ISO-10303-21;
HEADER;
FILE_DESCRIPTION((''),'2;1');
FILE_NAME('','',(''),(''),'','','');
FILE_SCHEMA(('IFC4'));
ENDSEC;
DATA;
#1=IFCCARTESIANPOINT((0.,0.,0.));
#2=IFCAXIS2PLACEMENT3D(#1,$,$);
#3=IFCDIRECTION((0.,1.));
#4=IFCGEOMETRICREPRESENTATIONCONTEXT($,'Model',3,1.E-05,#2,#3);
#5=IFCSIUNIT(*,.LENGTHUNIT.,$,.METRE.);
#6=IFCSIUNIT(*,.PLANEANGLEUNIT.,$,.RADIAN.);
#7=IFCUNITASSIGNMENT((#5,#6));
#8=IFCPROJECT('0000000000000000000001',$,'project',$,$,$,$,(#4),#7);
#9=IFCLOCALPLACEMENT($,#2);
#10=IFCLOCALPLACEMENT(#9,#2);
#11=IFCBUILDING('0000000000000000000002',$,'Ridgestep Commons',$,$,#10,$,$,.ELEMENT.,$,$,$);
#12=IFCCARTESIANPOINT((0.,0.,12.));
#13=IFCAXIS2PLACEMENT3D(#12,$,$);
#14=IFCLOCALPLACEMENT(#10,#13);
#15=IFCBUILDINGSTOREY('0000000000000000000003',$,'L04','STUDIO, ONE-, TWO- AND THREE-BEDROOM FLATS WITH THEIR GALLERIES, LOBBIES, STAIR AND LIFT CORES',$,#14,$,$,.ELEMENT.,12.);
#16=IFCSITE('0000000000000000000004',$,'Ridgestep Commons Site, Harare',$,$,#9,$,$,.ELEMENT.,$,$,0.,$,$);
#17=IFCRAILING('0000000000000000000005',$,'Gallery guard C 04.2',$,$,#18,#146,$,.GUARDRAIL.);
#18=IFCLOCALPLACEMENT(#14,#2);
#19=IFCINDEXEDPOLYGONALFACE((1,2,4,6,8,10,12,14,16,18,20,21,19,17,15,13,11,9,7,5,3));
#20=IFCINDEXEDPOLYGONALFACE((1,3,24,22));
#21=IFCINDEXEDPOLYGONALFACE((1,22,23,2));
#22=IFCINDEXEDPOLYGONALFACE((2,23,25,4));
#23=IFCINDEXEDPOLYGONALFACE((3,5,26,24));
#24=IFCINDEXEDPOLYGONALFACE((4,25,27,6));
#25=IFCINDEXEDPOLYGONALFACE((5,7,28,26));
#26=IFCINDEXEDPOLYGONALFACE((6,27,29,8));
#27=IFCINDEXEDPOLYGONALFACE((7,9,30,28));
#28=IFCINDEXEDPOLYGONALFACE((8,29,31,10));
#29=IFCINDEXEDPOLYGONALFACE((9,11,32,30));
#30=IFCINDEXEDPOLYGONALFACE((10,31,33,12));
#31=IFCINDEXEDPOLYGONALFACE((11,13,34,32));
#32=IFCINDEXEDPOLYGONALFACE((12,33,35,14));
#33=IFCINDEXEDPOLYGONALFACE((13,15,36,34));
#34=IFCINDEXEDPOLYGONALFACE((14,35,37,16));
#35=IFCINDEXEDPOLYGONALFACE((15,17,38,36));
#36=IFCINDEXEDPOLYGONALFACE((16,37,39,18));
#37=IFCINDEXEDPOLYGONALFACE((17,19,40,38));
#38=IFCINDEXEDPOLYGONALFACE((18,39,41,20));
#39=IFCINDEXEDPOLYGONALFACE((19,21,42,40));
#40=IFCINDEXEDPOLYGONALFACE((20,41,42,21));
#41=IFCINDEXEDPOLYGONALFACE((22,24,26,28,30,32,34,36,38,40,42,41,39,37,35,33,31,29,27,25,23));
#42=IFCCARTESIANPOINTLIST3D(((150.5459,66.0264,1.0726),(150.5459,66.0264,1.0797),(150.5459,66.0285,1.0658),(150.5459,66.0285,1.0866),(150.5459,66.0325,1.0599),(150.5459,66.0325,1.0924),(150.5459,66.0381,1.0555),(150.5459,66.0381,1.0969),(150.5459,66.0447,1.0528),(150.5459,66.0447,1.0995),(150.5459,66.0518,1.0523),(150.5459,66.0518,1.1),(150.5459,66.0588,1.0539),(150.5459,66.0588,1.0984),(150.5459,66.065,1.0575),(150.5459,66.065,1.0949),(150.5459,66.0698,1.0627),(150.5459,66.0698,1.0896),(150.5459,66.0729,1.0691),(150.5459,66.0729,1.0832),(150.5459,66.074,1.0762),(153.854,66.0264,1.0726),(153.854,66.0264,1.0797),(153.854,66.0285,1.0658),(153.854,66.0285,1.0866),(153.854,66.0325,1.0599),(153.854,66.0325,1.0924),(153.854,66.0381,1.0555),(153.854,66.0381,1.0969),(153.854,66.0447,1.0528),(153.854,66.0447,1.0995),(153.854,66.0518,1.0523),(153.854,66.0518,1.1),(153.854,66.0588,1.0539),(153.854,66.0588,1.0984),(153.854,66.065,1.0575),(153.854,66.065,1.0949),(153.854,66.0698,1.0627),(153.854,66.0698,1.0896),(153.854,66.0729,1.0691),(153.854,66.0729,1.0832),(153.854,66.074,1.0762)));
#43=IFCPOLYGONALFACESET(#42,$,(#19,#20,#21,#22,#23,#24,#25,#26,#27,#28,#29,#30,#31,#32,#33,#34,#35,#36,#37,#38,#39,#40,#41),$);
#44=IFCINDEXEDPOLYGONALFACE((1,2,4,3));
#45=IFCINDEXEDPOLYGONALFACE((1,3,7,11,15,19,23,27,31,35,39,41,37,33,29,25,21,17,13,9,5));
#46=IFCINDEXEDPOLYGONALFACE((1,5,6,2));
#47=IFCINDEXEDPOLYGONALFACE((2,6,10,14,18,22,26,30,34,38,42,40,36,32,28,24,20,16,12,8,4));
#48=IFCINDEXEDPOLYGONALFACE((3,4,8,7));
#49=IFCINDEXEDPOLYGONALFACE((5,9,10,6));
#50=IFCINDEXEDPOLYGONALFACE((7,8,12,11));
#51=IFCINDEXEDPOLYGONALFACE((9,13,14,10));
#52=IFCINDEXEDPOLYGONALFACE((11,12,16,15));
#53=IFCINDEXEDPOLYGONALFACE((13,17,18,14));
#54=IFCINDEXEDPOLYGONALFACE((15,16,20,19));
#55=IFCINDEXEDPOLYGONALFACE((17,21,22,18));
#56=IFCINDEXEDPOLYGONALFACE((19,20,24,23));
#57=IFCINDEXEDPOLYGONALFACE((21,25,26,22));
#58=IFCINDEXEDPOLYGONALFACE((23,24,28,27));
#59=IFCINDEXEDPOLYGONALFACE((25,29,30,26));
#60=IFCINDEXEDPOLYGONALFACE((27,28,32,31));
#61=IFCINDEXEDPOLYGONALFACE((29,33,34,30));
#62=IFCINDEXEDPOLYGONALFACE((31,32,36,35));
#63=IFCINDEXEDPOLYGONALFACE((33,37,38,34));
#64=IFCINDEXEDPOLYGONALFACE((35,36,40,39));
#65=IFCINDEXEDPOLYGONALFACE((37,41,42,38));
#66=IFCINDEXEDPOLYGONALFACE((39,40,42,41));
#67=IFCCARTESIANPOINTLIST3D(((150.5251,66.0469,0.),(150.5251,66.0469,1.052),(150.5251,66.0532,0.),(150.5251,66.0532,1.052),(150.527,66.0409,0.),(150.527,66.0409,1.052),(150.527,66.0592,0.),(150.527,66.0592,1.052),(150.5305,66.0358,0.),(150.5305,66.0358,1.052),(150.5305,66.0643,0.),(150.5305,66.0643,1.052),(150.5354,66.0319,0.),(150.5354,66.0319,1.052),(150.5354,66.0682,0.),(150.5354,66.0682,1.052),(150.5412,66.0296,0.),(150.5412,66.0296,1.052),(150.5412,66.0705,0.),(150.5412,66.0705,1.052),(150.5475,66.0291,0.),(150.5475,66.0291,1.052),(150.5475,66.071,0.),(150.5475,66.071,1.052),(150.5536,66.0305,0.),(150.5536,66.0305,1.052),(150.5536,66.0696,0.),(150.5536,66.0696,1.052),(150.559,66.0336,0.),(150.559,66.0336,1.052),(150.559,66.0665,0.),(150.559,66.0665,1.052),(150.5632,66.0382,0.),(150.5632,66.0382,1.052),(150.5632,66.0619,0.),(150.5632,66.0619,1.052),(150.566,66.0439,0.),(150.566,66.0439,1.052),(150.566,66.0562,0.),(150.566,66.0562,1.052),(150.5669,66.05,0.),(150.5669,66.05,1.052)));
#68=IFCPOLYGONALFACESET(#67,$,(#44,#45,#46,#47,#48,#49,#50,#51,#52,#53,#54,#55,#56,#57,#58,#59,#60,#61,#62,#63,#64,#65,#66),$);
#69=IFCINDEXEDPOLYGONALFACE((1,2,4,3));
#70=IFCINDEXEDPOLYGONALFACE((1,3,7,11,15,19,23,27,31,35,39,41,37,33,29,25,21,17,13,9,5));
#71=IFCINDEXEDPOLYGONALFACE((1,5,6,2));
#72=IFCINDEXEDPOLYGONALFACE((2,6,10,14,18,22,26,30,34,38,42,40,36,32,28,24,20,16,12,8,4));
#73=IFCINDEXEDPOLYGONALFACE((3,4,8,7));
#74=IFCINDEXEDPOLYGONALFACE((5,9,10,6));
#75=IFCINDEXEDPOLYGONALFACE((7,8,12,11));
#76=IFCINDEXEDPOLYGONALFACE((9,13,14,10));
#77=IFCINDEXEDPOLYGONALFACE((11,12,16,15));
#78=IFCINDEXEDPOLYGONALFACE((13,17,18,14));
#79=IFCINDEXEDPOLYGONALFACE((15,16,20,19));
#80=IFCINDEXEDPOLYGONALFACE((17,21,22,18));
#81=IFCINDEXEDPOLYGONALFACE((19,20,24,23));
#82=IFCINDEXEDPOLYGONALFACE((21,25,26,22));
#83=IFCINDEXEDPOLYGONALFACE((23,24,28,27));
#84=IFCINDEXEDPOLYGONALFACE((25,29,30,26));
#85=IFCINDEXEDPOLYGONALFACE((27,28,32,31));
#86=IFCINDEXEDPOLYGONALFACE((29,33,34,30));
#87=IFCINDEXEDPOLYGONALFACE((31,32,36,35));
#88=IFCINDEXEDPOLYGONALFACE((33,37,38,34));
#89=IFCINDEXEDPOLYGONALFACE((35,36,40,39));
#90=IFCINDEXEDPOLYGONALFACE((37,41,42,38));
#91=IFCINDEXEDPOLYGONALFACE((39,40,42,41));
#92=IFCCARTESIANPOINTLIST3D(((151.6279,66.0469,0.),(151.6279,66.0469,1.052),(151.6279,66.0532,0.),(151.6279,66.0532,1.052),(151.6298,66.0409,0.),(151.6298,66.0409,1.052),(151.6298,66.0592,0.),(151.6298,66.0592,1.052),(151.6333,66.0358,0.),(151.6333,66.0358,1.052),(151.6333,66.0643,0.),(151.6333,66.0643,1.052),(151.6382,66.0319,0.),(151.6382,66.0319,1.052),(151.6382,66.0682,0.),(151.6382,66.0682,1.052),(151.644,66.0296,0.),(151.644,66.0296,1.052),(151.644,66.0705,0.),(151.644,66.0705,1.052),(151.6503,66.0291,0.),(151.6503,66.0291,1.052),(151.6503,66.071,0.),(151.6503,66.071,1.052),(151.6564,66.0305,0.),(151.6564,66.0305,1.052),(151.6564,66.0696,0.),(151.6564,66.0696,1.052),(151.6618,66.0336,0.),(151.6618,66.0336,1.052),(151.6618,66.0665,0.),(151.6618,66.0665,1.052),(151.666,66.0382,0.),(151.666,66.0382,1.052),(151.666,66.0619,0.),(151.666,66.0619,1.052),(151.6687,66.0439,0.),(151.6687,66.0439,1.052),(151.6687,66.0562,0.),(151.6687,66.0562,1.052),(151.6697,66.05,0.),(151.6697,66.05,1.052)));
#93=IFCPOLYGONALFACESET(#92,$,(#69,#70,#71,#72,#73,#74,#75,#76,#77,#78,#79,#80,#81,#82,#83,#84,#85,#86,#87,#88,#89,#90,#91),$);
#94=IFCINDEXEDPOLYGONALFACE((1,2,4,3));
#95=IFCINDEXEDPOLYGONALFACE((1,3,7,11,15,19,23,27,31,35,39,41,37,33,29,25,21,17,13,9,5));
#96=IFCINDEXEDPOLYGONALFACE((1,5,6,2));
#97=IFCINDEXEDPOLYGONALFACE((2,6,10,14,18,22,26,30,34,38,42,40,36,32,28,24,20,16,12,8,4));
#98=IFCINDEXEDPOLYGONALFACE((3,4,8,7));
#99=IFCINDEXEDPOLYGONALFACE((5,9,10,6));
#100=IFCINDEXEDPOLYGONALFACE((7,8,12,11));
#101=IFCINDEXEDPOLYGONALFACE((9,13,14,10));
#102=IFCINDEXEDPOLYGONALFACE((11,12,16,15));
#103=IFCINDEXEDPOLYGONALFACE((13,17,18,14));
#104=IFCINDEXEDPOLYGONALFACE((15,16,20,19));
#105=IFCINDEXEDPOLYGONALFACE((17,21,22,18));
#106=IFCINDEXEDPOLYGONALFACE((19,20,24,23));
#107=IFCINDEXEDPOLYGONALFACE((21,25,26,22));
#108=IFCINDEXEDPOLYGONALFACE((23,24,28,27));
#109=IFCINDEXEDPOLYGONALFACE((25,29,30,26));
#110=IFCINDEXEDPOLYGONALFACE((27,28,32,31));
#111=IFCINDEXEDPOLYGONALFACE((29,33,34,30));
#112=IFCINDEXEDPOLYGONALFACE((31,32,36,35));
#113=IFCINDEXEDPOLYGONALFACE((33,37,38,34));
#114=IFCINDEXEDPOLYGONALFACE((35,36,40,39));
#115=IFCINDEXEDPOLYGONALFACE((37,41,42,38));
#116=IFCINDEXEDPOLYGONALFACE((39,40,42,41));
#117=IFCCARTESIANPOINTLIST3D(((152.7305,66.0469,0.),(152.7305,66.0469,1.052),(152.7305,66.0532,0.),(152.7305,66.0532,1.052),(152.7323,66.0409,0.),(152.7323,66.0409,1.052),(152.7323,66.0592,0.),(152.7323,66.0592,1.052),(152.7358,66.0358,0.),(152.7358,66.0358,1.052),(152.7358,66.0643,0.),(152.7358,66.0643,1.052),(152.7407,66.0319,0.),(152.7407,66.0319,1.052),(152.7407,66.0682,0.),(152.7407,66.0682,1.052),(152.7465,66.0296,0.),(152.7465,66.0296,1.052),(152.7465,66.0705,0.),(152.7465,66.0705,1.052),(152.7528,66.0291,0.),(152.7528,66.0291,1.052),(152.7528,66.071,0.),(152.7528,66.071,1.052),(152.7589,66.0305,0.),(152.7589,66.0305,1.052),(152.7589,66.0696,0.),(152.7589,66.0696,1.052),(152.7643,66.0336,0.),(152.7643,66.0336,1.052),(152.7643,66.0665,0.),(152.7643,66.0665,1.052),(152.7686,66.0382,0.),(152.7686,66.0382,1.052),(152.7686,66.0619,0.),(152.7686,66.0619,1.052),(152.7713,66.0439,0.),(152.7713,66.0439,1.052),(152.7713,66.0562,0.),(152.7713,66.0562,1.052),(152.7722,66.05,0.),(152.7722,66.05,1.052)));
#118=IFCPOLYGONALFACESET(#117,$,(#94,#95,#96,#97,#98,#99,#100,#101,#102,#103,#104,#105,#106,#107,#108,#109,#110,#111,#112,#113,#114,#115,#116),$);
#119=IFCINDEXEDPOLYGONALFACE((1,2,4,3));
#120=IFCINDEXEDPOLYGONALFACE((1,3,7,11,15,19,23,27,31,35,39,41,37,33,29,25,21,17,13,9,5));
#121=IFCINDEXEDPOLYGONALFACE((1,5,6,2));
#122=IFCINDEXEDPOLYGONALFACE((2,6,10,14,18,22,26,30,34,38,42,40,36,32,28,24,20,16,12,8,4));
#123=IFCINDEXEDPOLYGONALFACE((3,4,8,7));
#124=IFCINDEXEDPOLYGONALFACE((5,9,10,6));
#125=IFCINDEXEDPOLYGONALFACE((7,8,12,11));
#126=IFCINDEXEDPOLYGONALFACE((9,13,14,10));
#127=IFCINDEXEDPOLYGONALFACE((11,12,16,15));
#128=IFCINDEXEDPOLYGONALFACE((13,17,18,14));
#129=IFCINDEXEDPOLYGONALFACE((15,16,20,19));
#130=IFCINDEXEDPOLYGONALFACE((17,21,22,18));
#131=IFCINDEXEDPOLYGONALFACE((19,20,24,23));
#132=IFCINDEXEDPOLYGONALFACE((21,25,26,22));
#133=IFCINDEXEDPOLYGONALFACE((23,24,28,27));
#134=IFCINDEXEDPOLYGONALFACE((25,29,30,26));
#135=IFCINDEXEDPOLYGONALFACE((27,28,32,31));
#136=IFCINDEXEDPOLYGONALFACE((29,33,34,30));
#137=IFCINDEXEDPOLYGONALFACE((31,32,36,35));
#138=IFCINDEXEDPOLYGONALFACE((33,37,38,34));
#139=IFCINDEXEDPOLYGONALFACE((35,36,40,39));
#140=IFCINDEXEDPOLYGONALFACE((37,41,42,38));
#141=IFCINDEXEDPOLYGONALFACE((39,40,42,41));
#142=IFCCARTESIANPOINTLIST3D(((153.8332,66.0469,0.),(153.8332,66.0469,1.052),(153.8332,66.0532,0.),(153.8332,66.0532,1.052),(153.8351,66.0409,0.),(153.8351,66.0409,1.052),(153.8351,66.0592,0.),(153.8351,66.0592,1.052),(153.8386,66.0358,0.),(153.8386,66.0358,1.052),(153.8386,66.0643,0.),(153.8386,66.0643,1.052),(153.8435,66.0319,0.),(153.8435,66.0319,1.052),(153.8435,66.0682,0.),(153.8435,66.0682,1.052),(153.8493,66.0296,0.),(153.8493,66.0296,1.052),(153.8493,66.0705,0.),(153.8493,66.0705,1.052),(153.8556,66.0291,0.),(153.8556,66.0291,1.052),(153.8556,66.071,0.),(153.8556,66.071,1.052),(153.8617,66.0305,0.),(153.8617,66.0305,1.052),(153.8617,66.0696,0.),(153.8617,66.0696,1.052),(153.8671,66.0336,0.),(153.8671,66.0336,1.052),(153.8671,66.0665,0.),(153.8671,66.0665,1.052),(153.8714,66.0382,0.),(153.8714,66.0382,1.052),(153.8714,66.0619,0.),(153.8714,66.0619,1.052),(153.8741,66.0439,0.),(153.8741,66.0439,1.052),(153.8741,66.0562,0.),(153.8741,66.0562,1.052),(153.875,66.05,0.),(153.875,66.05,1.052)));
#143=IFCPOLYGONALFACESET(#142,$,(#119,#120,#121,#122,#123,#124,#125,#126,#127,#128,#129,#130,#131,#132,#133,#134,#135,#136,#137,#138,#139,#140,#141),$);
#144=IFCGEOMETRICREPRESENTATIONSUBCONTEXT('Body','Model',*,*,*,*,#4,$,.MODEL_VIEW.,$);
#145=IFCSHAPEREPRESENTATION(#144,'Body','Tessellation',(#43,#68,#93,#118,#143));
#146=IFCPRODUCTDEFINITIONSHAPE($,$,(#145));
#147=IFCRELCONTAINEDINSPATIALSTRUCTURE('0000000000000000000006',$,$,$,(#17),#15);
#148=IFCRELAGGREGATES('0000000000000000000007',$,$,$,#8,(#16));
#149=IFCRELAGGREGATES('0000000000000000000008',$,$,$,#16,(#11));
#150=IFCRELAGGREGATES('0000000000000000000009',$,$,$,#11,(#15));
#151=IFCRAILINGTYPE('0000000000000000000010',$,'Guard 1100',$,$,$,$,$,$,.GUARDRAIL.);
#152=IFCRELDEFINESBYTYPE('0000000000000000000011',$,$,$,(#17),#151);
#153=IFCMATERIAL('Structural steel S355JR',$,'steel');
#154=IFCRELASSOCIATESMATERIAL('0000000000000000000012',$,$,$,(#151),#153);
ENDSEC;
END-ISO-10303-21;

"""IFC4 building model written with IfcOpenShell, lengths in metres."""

from ifc_helpers import new_model, si_unit, direction, frame, origin, origin_2d, place, context, subcontext, project, spatial, circle, extrude, material, type_object, element, save


model = new_model("IFC4")

# Units and contexts
model_context = context("Model", 3, precision=1e-05, world=origin(), true_north=direction((0.0, 1.0)))
body_context = subcontext(model_context, "Body", "Model", "MODEL_VIEW")
ifc_project = project(units=[si_unit("LENGTHUNIT", "METRE"), si_unit("PLANEANGLEUNIT", "RADIAN")], contexts=[model_context])

# Site, building, storey
site_placement = place(None, origin())
site = spatial("IfcSite", under=ifc_project, at=site_placement, Name="Ridgestep Commons Site, Harare", CompositionType="ELEMENT", RefElevation=0.0)
building_placement = place(site_placement, origin())
building = spatial("IfcBuilding", under=site, at=building_placement, Name="Ridgestep Commons", CompositionType="ELEMENT")
storey_placement = place(building_placement, frame((0.0, 0.0, 12.0)))
storey = spatial("IfcBuildingStorey", under=building, at=storey_placement, Name="L04", Description="STUDIO, ONE-, TWO- AND THREE-BEDROOM FLATS WITH THEIR GALLERIES, LOBBIES, STAIR AND LIFT CORES", CompositionType="ELEMENT", Elevation=12.0)

# Railing
ifc_material_1 = material(Name="Structural steel S355JR", Category="steel")
railing_type = type_object("IfcRailingType", Name="Guard 1100", PredefinedType="GUARDRAIL", material=ifc_material_1)
railing_1_placement = place(storey_placement, frame((150.5459, 66.05, 0.0)))
element("IfcRailing", 1, at=railing_1_placement, inside=storey, type_object=railing_type, Name="Gallery guard C 04.2", PredefinedType="GUARDRAIL", context=body_context, shape_type="SweptSolid", body=[
    extrude(circle(Radius=0.0239, at=origin_2d()), frame((0.0, 0.0, 1.0762), z_axis=(1.0, 0.0, 0.0), x_axis=(0.0, 1.0, 0.0)), (0.0, 0.0, 1.0), 3.3081),
    extrude(circle(Radius=0.021, at=origin_2d()), origin(), (0.0, 0.0, 1.0), 1.052),
    extrude(circle(Radius=0.021, at=origin_2d()), frame((1.1028, 0.0, 0.0)), (0.0, 0.0, 1.0), 1.052),
    extrude(circle(Radius=0.021, at=origin_2d()), frame((2.2053, 0.0, 0.0)), (0.0, 0.0, 1.0), 1.052),
    extrude(circle(Radius=0.021, at=origin_2d()), frame((3.3081, 0.0, 0.0)), (0.0, 0.0, 1.0), 1.052),
])

save(model, "model.ifc")
